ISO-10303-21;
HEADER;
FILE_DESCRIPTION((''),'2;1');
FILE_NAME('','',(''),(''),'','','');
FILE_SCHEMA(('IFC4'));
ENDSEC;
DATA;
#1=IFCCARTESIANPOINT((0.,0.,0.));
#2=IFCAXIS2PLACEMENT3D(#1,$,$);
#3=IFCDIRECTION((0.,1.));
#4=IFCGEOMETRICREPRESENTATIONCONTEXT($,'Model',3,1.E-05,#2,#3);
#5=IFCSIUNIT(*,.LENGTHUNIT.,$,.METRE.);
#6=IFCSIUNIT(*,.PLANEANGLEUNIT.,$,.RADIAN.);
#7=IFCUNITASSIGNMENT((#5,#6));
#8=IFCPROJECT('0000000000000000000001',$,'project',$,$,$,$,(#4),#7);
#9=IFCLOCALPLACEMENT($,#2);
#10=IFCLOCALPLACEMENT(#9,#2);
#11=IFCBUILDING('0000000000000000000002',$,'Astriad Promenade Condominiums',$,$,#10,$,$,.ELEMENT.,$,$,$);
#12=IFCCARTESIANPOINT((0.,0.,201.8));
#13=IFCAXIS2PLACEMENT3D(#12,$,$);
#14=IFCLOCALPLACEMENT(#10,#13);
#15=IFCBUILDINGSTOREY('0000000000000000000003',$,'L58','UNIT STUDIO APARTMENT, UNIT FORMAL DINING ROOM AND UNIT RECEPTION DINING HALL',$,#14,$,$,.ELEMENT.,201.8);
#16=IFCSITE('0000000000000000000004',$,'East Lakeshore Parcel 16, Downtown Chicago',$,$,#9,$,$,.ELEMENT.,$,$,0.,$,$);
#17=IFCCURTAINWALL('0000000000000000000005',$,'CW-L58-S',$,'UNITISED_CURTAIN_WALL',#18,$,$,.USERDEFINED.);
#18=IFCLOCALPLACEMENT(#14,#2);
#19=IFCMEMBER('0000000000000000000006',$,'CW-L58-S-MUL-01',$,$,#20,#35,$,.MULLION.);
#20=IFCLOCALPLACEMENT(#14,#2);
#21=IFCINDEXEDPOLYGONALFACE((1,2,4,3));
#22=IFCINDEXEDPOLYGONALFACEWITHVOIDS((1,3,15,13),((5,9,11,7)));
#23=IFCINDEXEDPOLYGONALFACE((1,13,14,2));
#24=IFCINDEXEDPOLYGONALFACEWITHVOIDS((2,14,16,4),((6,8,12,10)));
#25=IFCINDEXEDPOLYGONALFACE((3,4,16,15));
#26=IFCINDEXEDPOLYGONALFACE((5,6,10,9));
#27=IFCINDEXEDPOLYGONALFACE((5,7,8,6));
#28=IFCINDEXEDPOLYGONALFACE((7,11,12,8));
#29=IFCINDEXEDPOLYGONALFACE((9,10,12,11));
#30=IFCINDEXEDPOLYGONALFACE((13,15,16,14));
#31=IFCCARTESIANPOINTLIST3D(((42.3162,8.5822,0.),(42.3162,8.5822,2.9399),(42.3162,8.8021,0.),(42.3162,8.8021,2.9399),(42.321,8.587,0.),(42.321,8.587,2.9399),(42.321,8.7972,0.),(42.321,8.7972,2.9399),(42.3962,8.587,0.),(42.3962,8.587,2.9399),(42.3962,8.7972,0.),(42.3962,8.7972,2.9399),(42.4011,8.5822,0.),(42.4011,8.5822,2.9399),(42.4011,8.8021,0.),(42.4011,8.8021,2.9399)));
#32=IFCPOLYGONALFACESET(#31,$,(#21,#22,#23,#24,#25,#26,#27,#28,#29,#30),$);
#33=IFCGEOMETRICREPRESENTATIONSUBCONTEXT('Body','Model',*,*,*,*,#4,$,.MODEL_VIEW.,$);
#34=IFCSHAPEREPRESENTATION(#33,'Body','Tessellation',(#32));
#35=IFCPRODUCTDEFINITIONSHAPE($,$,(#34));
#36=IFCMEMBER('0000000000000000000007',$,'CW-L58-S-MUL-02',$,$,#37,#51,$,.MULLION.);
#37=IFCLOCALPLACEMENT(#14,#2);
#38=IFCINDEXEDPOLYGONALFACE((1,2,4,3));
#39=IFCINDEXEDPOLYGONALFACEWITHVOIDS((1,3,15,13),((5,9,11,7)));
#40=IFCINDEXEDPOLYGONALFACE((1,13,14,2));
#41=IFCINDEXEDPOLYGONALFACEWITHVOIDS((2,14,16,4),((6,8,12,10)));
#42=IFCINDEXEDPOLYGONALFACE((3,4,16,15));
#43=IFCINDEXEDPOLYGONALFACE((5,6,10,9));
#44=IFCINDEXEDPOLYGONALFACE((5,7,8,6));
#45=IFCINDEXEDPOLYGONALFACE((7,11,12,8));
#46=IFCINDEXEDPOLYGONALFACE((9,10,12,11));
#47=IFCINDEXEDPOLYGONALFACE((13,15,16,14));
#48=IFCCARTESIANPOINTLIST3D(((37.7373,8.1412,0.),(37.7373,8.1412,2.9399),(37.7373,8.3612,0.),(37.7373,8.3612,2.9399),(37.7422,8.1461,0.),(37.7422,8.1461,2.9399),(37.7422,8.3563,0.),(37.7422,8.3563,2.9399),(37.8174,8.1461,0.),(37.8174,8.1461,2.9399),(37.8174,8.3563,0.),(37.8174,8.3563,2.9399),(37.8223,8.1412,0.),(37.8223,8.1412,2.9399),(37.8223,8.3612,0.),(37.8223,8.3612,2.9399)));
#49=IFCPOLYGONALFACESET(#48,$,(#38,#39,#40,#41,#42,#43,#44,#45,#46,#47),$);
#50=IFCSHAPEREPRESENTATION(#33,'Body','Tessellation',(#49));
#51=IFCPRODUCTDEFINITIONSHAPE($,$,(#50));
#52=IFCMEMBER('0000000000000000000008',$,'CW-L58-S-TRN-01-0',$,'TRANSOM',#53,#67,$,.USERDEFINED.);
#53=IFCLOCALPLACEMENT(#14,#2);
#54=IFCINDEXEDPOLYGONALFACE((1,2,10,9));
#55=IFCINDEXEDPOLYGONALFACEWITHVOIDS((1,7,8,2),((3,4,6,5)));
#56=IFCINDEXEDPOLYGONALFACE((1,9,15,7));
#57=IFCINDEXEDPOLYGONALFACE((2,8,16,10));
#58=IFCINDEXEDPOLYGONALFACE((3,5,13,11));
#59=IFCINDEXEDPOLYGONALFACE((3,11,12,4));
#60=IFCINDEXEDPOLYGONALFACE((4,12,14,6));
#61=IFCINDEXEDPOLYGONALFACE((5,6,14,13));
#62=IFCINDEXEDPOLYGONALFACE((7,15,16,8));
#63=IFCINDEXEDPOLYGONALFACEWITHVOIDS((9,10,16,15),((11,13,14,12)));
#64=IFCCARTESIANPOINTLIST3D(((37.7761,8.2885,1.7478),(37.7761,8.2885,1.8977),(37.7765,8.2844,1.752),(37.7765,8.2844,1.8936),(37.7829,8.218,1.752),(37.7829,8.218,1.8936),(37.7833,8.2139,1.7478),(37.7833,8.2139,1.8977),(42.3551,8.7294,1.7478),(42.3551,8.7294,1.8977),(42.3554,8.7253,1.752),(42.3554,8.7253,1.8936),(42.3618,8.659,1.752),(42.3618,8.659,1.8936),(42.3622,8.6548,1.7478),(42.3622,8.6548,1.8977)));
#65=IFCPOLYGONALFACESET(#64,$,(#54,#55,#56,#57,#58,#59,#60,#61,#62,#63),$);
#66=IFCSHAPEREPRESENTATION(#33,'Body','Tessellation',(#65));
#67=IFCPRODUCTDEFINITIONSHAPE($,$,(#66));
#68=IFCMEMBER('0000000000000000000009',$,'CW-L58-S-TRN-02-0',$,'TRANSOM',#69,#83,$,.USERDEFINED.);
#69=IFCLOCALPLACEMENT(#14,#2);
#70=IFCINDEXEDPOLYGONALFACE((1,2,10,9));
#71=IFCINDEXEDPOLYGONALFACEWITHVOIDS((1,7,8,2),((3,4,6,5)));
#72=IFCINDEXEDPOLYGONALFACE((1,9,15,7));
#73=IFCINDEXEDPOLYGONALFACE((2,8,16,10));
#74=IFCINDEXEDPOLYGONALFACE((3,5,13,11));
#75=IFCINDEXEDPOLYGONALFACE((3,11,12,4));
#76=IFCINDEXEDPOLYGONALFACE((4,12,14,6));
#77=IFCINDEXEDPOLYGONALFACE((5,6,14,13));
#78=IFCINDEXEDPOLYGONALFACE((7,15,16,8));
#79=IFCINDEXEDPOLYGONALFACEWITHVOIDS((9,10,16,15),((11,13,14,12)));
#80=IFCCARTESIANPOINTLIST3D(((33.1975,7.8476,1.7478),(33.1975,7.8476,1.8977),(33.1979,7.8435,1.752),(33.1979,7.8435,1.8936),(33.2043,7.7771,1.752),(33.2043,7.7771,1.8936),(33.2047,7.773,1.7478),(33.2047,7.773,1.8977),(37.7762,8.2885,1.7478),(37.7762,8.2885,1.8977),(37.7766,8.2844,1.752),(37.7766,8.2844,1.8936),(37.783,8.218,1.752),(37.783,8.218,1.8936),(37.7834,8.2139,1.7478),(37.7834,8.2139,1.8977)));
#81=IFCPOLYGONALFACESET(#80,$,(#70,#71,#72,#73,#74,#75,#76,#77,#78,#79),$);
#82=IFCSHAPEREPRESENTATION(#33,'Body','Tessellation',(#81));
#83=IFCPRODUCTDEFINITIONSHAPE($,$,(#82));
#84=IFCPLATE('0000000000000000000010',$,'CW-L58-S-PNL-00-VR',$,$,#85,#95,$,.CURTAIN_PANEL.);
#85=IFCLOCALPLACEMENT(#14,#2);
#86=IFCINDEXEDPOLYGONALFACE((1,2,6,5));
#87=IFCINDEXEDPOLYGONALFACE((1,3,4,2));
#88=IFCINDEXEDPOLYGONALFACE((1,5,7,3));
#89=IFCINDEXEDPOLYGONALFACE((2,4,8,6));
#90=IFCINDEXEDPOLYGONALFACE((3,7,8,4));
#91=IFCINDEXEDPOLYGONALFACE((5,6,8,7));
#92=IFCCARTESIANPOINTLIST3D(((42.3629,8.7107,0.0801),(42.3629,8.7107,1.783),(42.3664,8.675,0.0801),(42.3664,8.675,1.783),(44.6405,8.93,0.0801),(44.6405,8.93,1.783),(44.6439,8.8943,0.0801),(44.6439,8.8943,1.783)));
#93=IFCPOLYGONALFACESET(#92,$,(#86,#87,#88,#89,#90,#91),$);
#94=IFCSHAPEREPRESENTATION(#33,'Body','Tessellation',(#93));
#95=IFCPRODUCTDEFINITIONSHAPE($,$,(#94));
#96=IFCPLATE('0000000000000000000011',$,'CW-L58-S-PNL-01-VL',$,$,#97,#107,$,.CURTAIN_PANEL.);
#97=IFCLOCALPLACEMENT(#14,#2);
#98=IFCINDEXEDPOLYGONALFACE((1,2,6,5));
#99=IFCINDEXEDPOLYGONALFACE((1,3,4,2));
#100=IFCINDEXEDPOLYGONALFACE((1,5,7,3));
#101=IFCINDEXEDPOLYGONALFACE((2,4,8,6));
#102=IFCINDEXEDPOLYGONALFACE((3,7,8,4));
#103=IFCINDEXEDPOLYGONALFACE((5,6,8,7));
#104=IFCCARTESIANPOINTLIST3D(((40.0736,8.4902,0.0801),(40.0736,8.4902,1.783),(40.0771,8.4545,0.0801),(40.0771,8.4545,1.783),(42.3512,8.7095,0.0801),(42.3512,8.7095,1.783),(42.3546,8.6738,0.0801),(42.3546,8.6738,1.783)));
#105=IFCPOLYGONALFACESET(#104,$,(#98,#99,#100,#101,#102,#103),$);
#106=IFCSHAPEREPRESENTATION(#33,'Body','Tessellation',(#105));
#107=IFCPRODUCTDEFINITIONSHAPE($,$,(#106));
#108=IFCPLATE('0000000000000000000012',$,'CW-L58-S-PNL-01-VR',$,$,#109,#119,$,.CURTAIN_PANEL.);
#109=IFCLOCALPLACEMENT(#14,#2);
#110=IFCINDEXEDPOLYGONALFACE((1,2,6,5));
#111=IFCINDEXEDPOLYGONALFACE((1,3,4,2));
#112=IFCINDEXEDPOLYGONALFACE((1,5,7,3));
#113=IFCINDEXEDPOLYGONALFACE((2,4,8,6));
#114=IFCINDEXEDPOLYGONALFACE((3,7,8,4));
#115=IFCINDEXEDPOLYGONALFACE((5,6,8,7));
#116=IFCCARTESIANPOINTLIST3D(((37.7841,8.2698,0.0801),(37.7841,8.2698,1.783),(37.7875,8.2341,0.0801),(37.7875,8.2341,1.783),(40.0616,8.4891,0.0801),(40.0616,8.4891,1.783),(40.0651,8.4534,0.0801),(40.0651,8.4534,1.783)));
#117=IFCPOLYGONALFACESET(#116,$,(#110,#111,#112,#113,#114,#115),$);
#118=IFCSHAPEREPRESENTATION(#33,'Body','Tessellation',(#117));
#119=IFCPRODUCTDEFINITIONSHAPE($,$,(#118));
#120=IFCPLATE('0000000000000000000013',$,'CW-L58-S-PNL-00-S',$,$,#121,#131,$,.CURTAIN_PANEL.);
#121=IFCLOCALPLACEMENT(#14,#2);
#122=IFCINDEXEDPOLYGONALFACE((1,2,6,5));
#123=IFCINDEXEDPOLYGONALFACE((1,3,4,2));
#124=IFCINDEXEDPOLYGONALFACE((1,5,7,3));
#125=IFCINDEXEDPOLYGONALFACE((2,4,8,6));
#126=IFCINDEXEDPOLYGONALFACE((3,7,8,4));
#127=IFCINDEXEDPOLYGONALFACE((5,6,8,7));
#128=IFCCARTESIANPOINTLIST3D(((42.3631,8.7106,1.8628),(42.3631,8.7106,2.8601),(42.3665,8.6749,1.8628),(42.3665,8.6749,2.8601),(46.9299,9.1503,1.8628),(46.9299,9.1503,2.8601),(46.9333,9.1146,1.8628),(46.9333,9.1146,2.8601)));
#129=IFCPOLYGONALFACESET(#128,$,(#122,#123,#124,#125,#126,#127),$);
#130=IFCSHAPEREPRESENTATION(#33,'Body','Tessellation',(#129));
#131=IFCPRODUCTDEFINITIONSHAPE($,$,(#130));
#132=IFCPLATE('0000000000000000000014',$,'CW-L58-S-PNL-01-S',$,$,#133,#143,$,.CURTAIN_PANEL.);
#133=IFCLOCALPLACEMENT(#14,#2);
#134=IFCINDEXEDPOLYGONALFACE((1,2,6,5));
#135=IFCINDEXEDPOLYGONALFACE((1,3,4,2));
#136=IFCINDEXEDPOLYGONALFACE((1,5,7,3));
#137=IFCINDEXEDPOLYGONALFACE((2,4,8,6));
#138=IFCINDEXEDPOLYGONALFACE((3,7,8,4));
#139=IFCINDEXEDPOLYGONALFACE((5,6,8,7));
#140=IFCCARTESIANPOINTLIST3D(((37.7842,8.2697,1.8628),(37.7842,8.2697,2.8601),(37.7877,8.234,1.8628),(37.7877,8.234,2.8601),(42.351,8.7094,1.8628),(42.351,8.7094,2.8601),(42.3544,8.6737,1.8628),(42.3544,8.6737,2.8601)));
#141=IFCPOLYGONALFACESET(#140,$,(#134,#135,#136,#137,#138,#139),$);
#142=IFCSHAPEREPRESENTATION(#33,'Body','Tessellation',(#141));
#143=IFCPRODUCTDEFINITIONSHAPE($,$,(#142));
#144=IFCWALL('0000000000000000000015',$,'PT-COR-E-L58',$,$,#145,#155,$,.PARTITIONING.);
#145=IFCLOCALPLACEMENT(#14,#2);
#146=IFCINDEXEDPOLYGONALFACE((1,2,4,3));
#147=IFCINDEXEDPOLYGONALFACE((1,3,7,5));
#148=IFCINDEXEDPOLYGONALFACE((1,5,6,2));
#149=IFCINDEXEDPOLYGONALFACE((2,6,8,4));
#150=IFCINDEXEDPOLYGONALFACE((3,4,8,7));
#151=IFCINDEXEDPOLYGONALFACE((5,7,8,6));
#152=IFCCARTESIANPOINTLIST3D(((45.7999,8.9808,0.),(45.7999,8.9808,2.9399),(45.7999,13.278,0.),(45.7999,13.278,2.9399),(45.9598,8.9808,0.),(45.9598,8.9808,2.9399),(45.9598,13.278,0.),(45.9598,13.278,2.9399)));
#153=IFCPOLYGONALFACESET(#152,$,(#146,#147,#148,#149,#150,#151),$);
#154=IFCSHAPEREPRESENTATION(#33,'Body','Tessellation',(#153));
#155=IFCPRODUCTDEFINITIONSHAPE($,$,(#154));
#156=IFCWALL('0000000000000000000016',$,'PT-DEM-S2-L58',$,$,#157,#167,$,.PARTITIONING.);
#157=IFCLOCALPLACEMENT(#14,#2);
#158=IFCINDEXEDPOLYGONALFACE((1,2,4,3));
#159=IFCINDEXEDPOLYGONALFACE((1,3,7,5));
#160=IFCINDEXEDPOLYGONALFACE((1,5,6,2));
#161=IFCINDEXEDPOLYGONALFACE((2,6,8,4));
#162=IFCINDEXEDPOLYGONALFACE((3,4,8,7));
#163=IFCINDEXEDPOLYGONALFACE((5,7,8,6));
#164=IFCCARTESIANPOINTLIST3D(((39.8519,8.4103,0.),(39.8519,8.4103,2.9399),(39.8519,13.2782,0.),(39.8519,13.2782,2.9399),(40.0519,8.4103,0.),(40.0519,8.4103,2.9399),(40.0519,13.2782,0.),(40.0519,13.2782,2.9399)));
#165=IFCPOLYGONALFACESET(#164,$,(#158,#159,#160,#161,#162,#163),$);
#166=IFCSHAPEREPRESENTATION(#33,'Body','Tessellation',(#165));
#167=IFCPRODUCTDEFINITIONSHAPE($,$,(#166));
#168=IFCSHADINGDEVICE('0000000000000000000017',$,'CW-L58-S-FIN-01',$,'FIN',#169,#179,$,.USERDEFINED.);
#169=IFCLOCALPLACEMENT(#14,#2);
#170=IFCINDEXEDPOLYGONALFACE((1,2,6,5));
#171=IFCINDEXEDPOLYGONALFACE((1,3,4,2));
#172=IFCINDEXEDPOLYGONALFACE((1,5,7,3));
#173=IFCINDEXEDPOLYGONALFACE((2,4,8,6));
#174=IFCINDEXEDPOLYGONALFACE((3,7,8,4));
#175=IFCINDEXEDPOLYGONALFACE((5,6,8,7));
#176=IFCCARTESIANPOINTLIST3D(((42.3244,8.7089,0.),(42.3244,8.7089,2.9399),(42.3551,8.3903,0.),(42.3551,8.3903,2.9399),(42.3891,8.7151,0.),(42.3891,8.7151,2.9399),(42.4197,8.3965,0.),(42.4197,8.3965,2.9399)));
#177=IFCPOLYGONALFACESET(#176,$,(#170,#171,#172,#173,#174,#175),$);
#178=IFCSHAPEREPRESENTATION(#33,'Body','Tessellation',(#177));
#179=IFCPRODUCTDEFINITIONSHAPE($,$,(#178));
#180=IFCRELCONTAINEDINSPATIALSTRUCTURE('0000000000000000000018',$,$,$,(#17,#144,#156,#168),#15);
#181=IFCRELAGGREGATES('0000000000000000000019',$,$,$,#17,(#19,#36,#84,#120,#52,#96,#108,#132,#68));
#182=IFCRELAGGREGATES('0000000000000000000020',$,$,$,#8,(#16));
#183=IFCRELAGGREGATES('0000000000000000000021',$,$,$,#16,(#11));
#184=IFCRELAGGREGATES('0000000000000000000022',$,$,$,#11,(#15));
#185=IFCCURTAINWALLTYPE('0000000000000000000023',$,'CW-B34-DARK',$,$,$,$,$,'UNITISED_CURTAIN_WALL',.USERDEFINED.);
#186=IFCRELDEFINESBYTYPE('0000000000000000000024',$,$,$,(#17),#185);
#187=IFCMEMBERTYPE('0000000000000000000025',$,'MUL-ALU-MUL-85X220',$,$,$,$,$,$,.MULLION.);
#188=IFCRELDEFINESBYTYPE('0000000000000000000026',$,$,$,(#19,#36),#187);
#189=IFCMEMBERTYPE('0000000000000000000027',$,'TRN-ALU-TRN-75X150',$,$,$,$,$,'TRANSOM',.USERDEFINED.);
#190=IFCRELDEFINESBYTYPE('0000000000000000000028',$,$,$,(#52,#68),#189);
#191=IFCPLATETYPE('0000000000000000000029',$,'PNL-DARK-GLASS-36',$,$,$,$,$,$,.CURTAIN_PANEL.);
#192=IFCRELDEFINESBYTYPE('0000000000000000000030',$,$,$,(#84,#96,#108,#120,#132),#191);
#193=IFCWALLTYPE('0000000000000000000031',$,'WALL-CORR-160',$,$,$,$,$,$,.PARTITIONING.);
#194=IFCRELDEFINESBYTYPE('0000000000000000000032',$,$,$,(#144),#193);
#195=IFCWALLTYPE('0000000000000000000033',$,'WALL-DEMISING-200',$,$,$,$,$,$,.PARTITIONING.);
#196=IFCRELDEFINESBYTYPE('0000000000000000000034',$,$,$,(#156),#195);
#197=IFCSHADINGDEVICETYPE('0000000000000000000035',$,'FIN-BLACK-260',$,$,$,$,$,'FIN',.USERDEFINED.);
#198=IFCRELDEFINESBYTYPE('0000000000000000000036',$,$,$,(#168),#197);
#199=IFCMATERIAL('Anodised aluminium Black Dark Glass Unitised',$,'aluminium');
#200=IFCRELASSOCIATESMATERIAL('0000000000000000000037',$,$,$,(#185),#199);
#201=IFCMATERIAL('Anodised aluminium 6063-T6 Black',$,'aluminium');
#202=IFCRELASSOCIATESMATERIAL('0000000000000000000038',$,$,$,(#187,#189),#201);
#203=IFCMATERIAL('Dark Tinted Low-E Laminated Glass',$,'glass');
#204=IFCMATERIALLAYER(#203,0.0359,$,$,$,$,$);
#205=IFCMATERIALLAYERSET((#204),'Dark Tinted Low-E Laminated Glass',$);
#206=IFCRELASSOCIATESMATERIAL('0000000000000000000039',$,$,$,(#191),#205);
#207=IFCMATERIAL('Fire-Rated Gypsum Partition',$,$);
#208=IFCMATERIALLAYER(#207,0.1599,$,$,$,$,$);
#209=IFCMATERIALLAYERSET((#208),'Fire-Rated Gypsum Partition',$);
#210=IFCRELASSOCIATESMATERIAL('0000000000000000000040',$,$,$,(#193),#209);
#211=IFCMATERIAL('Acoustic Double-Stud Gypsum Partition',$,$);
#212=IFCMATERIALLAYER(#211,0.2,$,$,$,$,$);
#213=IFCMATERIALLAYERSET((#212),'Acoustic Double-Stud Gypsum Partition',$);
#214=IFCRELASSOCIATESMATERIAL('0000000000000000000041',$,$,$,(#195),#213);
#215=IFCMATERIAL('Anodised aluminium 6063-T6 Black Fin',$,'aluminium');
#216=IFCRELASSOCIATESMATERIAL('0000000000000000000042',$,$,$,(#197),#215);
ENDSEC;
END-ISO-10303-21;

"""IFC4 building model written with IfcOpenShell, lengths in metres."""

from ifc_helpers import new_model, si_unit, direction, frame, frame_2d, origin, origin_2d, place, context, subcontext, project, spatial, rectangle, hollow_rectangle, extrude, source, transform, mapped, material, layer, layer_set, material_profile, profile_set, type_object, type_shapes, element, aggregate, save


model = new_model("IFC4")

# Units and contexts
model_context = context("Model", 3, precision=1e-05, world=origin(), true_north=direction((0.0, 1.0)))
body_context = subcontext(model_context, "Body", "Model", "MODEL_VIEW")
ifc_project = project(units=[si_unit("LENGTHUNIT", "METRE"), si_unit("PLANEANGLEUNIT", "RADIAN")], contexts=[model_context])

# Site, building, storey
site_placement = place(None, origin())
site = spatial("IfcSite", under=ifc_project, at=site_placement, Name="East Lakeshore Parcel 16, Downtown Chicago", CompositionType="ELEMENT", RefElevation=0.0)
building_placement = place(site_placement, origin())
building = spatial("IfcBuilding", under=site, at=building_placement, Name="Astriad Promenade Condominiums", CompositionType="ELEMENT")
storey_placement = place(building_placement, frame((0.0, 0.0, 201.8)))
storey = spatial("IfcBuildingStorey", under=building, at=storey_placement, Name="L58", Description="UNIT STUDIO APARTMENT, UNIT FORMAL DINING ROOM AND UNIT RECEPTION DINING HALL", CompositionType="ELEMENT", Elevation=201.8)

# Curtain wall, members, plates
ifc_material_1 = material(Name="Anodised aluminium Black Dark Glass Unitised", Category="aluminium")
curtain_wall_type = type_object("IfcCurtainWallType", Name="CW-B34-DARK", ElementType="UNITISED_CURTAIN_WALL", PredefinedType="USERDEFINED", material=ifc_material_1)
curtain_wall_placement = place(storey_placement, origin())
curtain_wall = element("IfcCurtainWall", 1, at=curtain_wall_placement, inside=storey, type_object=curtain_wall_type, Name="CW-L58-S", ObjectType="UNITISED_CURTAIN_WALL", PredefinedType="USERDEFINED")
ifc_material_2 = material(Name="Anodised aluminium 6063-T6 Black", Category="aluminium")
ifc_material_profile_1 = material_profile(ifc_material_2, hollow_rectangle(XDim=0.085, YDim=0.22, WallThickness=0.0049, at=origin_2d()), Name="ALU-MUL-85X220")
ifc_profile_set_1 = profile_set([ifc_material_profile_1], Name="Anodised aluminium 6063-T6 Black")
member_type_1 = type_object("IfcMemberType", Name="MUL-ALU-MUL-85X220", PredefinedType="MULLION", material=ifc_profile_set_1)
shared_shape_1 = source(origin(), body_context, "Body", "SweptSolid", [
    extrude(hollow_rectangle(XDim=0.085, YDim=0.22, WallThickness=0.0049, at=origin_2d()), origin(), (0.0, 0.0, 1.0), 2.9399),
])
type_shapes(member_type_1, [shared_shape_1])
member_1_placement = place(storey_placement, frame((42.3586, 8.6921, 0.0), z_axis=(0.0, 0.0, 1.0), x_axis=(1.0, 0.0, 0.0)))
member_1 = element("IfcMember", 2, at=member_1_placement, type_object=member_type_1, Name="CW-L58-S-MUL-01", PredefinedType="MULLION", context=body_context, shape_type="MappedRepresentation", body=[
    mapped(shared_shape_1, transform((0.0, 0.0, 0.0), scale=1.0)),
])
member_2_placement = place(storey_placement, frame((37.7798, 8.2512, 0.0), z_axis=(0.0, 0.0, 1.0), x_axis=(1.0, 0.0, 0.0)))
member_2 = element("IfcMember", 3, at=member_2_placement, type_object=member_type_1, Name="CW-L58-S-MUL-02", PredefinedType="MULLION", context=body_context, shape_type="MappedRepresentation", body=[
    mapped(shared_shape_1, transform((0.0, 0.0, 0.0), scale=1.0)),
])
ifc_material_profile_2 = material_profile(ifc_material_2, hollow_rectangle(XDim=0.075, YDim=0.1499, WallThickness=0.0042, at=origin_2d()), Name="ALU-TRN-75X150")
ifc_profile_set_2 = profile_set([ifc_material_profile_2], Name="Anodised aluminium 6063-T6 Black")
member_type_2 = type_object("IfcMemberType", Name="TRN-ALU-TRN-75X150", ElementType="TRANSOM", PredefinedType="USERDEFINED", material=ifc_profile_set_2)
shared_shape_2 = source(origin(), body_context, "Body", "SweptSolid", [
    extrude(hollow_rectangle(XDim=0.075, YDim=0.1499, WallThickness=0.0042, at=origin_2d()), origin(), (0.0, 0.0, 1.0), 4.6001),
])
member_3_placement = place(storey_placement, frame((42.3586, 8.6921, 1.8228), z_axis=(-0.995396, -0.095851, 0.0), x_axis=(0.095851, -0.995396, 0.0)))
member_3 = element("IfcMember", 4, at=member_3_placement, type_object=member_type_2, Name="CW-L58-S-TRN-01-0", ObjectType="TRANSOM", PredefinedType="USERDEFINED", context=body_context, shape_type="MappedRepresentation", body=[
    mapped(shared_shape_2, transform((0.0, 0.0, 0.0), scale=1.0)),
])
shared_shape_3 = source(origin(), body_context, "Body", "SweptSolid", [
    extrude(hollow_rectangle(XDim=0.075, YDim=0.1499, WallThickness=0.0042, at=origin_2d()), origin(), (0.0, 0.0, 1.0), 4.5999),
])
type_shapes(member_type_2, [shared_shape_2, shared_shape_3])
member_4_placement = place(storey_placement, frame((37.7798, 8.2512, 1.8228), z_axis=(-0.995395, -0.095856, 0.0), x_axis=(0.095856, -0.995395, 0.0)))
member_4 = element("IfcMember", 5, at=member_4_placement, type_object=member_type_2, Name="CW-L58-S-TRN-02-0", ObjectType="TRANSOM", PredefinedType="USERDEFINED", context=body_context, shape_type="MappedRepresentation", body=[
    mapped(shared_shape_3, transform((0.0, 0.0, 0.0), scale=1.0)),
])
ifc_material_3 = material(Name="Dark Tinted Low-E Laminated Glass", Category="glass")
ifc_layer_1 = layer(ifc_material_3, 0.0359)
ifc_layer_set_1 = layer_set([ifc_layer_1], Name="Dark Tinted Low-E Laminated Glass")
plate_type = type_object("IfcPlateType", Name="PNL-DARK-GLASS-36", PredefinedType="CURTAIN_PANEL", material=ifc_layer_set_1)
shared_shape_4 = source(origin(), body_context, "Body", "SweptSolid", [
    extrude(rectangle(XDim=2.2881, YDim=0.0359, at=origin_2d()), origin(), (0.0, 0.0, 1.0), 1.7029),
])
plate_1_placement = place(storey_placement, frame((43.5034, 8.8025, 0.0801), z_axis=(0.0, 0.0, 1.0), x_axis=(-0.995396, -0.095846, 0.0)))
plate_1 = element("IfcPlate", 6, at=plate_1_placement, type_object=plate_type, Name="CW-L58-S-PNL-00-VR", PredefinedType="CURTAIN_PANEL", context=body_context, shape_type="MappedRepresentation", body=[
    mapped(shared_shape_4, transform((0.0, 0.0, 0.0), scale=1.0)),
])
plate_2_placement = place(storey_placement, frame((41.2141, 8.582, 0.0801), z_axis=(0.0, 0.0, 1.0), x_axis=(-0.995396, -0.095846, 0.0)))
plate_2 = element("IfcPlate", 7, at=plate_2_placement, type_object=plate_type, Name="CW-L58-S-PNL-01-VL", PredefinedType="CURTAIN_PANEL", context=body_context, shape_type="MappedRepresentation", body=[
    mapped(shared_shape_4, transform((0.0, 0.0, 0.0), scale=1.0)),
])
plate_3_placement = place(storey_placement, frame((38.9246, 8.3616, 0.0801), z_axis=(0.0, 0.0, 1.0), x_axis=(-0.995396, -0.095846, 0.0)))
plate_3 = element("IfcPlate", 8, at=plate_3_placement, type_object=plate_type, Name="CW-L58-S-PNL-01-VR", PredefinedType="CURTAIN_PANEL", context=body_context, shape_type="MappedRepresentation", body=[
    mapped(shared_shape_4, transform((0.0, 0.0, 0.0), scale=1.0)),
])
shared_shape_5 = source(origin(), body_context, "Body", "SweptSolid", [
    extrude(rectangle(XDim=4.5879, YDim=0.0359, at=origin_2d()), origin(), (0.0, 0.0, 1.0), 0.9973),
])
type_shapes(plate_type, [shared_shape_4, shared_shape_5])
plate_4_placement = place(storey_placement, frame((44.6482, 8.9126, 1.8628), z_axis=(0.0, 0.0, 1.0), x_axis=(-0.995396, -0.095846, 0.0)))
plate_4 = element("IfcPlate", 9, at=plate_4_placement, type_object=plate_type, Name="CW-L58-S-PNL-00-S", PredefinedType="CURTAIN_PANEL", context=body_context, shape_type="MappedRepresentation", body=[
    mapped(shared_shape_5, transform((0.0, 0.0, 0.0), scale=1.0)),
])
plate_5_placement = place(storey_placement, frame((40.0693, 8.4717, 1.8628), z_axis=(0.0, 0.0, 1.0), x_axis=(-0.995396, -0.095846, 0.0)))
plate_5 = element("IfcPlate", 10, at=plate_5_placement, type_object=plate_type, Name="CW-L58-S-PNL-01-S", PredefinedType="CURTAIN_PANEL", context=body_context, shape_type="MappedRepresentation", body=[
    mapped(shared_shape_5, transform((0.0, 0.0, 0.0), scale=1.0)),
])
aggregate(curtain_wall, [member_1, member_2, plate_1, plate_4, member_3, plate_2, plate_3, plate_5, member_4])

# Walls
ifc_material_4 = material(Name="Fire-Rated Gypsum Partition")
ifc_layer_2 = layer(ifc_material_4, 0.1599)
ifc_layer_set_2 = layer_set([ifc_layer_2], Name="Fire-Rated Gypsum Partition")
wall_type_1 = type_object("IfcWallType", Name="WALL-CORR-160", PredefinedType="PARTITIONING", material=ifc_layer_set_2)
wall_1_placement = place(storey_placement, frame((45.8799, 8.981, 0.0), z_axis=(0.0, 0.0, 1.0), x_axis=(0.0, 1.0, 0.0)))
element("IfcWall", 11, at=wall_1_placement, inside=storey, type_object=wall_type_1, Name="PT-COR-E-L58", PredefinedType="PARTITIONING", context=body_context, shape_type="SweptSolid", body=[
    extrude(rectangle(XDim=4.2971, YDim=0.1599, at=frame_2d((2.1484, 0.0))), origin(), (0.0, 0.0, 1.0), 2.9399),
])
ifc_material_5 = material(Name="Acoustic Double-Stud Gypsum Partition")
ifc_layer_3 = layer(ifc_material_5, 0.2)
ifc_layer_set_3 = layer_set([ifc_layer_3], Name="Acoustic Double-Stud Gypsum Partition")
wall_type_2 = type_object("IfcWallType", Name="WALL-DEMISING-200", PredefinedType="PARTITIONING", material=ifc_layer_set_3)
wall_2_placement = place(storey_placement, frame((39.9519, 8.4102, 0.0), z_axis=(0.0, 0.0, 1.0), x_axis=(0.0, 1.0, 0.0)))
element("IfcWall", 12, at=wall_2_placement, inside=storey, type_object=wall_type_2, Name="PT-DEM-S2-L58", PredefinedType="PARTITIONING", context=body_context, shape_type="SweptSolid", body=[
    extrude(rectangle(XDim=4.8679, YDim=0.2, at=frame_2d((2.4341, 0.0))), origin(), (0.0, 0.0, 1.0), 2.9399),
])

# Shading device
ifc_material_6 = material(Name="Anodised aluminium 6063-T6 Black Fin", Category="aluminium")
shading_device_type = type_object("IfcShadingDeviceType", Name="FIN-BLACK-260", ElementType="FIN", PredefinedType="USERDEFINED", material=ifc_material_6)
shared_shape_6 = source(origin(), body_context, "Body", "SweptSolid", [
    extrude(rectangle(XDim=0.0649, YDim=0.3201, at=origin_2d()), origin(), (0.0, 0.0, 1.0), 2.9399),
])
type_shapes(shading_device_type, [shared_shape_6])
for number, where, z_axis, x_axis, name in (
    (13, (42.3721, 8.5527, 0.0), (0.0, 0.0, 1.0), (-0.995396, -0.095846, 0.0), "CW-L58-S-FIN-01"),
):
    element("IfcShadingDevice", number, at=place(storey_placement, frame(where, z_axis=z_axis, x_axis=x_axis)), inside=storey, type_object=shading_device_type, Name=name, ObjectType="FIN", PredefinedType="USERDEFINED", context=body_context, shape_type="MappedRepresentation", body=[
        mapped(shared_shape_6, transform((0.0, 0.0, 0.0), scale=1.0)),
    ])

save(model, "model.ifc")
